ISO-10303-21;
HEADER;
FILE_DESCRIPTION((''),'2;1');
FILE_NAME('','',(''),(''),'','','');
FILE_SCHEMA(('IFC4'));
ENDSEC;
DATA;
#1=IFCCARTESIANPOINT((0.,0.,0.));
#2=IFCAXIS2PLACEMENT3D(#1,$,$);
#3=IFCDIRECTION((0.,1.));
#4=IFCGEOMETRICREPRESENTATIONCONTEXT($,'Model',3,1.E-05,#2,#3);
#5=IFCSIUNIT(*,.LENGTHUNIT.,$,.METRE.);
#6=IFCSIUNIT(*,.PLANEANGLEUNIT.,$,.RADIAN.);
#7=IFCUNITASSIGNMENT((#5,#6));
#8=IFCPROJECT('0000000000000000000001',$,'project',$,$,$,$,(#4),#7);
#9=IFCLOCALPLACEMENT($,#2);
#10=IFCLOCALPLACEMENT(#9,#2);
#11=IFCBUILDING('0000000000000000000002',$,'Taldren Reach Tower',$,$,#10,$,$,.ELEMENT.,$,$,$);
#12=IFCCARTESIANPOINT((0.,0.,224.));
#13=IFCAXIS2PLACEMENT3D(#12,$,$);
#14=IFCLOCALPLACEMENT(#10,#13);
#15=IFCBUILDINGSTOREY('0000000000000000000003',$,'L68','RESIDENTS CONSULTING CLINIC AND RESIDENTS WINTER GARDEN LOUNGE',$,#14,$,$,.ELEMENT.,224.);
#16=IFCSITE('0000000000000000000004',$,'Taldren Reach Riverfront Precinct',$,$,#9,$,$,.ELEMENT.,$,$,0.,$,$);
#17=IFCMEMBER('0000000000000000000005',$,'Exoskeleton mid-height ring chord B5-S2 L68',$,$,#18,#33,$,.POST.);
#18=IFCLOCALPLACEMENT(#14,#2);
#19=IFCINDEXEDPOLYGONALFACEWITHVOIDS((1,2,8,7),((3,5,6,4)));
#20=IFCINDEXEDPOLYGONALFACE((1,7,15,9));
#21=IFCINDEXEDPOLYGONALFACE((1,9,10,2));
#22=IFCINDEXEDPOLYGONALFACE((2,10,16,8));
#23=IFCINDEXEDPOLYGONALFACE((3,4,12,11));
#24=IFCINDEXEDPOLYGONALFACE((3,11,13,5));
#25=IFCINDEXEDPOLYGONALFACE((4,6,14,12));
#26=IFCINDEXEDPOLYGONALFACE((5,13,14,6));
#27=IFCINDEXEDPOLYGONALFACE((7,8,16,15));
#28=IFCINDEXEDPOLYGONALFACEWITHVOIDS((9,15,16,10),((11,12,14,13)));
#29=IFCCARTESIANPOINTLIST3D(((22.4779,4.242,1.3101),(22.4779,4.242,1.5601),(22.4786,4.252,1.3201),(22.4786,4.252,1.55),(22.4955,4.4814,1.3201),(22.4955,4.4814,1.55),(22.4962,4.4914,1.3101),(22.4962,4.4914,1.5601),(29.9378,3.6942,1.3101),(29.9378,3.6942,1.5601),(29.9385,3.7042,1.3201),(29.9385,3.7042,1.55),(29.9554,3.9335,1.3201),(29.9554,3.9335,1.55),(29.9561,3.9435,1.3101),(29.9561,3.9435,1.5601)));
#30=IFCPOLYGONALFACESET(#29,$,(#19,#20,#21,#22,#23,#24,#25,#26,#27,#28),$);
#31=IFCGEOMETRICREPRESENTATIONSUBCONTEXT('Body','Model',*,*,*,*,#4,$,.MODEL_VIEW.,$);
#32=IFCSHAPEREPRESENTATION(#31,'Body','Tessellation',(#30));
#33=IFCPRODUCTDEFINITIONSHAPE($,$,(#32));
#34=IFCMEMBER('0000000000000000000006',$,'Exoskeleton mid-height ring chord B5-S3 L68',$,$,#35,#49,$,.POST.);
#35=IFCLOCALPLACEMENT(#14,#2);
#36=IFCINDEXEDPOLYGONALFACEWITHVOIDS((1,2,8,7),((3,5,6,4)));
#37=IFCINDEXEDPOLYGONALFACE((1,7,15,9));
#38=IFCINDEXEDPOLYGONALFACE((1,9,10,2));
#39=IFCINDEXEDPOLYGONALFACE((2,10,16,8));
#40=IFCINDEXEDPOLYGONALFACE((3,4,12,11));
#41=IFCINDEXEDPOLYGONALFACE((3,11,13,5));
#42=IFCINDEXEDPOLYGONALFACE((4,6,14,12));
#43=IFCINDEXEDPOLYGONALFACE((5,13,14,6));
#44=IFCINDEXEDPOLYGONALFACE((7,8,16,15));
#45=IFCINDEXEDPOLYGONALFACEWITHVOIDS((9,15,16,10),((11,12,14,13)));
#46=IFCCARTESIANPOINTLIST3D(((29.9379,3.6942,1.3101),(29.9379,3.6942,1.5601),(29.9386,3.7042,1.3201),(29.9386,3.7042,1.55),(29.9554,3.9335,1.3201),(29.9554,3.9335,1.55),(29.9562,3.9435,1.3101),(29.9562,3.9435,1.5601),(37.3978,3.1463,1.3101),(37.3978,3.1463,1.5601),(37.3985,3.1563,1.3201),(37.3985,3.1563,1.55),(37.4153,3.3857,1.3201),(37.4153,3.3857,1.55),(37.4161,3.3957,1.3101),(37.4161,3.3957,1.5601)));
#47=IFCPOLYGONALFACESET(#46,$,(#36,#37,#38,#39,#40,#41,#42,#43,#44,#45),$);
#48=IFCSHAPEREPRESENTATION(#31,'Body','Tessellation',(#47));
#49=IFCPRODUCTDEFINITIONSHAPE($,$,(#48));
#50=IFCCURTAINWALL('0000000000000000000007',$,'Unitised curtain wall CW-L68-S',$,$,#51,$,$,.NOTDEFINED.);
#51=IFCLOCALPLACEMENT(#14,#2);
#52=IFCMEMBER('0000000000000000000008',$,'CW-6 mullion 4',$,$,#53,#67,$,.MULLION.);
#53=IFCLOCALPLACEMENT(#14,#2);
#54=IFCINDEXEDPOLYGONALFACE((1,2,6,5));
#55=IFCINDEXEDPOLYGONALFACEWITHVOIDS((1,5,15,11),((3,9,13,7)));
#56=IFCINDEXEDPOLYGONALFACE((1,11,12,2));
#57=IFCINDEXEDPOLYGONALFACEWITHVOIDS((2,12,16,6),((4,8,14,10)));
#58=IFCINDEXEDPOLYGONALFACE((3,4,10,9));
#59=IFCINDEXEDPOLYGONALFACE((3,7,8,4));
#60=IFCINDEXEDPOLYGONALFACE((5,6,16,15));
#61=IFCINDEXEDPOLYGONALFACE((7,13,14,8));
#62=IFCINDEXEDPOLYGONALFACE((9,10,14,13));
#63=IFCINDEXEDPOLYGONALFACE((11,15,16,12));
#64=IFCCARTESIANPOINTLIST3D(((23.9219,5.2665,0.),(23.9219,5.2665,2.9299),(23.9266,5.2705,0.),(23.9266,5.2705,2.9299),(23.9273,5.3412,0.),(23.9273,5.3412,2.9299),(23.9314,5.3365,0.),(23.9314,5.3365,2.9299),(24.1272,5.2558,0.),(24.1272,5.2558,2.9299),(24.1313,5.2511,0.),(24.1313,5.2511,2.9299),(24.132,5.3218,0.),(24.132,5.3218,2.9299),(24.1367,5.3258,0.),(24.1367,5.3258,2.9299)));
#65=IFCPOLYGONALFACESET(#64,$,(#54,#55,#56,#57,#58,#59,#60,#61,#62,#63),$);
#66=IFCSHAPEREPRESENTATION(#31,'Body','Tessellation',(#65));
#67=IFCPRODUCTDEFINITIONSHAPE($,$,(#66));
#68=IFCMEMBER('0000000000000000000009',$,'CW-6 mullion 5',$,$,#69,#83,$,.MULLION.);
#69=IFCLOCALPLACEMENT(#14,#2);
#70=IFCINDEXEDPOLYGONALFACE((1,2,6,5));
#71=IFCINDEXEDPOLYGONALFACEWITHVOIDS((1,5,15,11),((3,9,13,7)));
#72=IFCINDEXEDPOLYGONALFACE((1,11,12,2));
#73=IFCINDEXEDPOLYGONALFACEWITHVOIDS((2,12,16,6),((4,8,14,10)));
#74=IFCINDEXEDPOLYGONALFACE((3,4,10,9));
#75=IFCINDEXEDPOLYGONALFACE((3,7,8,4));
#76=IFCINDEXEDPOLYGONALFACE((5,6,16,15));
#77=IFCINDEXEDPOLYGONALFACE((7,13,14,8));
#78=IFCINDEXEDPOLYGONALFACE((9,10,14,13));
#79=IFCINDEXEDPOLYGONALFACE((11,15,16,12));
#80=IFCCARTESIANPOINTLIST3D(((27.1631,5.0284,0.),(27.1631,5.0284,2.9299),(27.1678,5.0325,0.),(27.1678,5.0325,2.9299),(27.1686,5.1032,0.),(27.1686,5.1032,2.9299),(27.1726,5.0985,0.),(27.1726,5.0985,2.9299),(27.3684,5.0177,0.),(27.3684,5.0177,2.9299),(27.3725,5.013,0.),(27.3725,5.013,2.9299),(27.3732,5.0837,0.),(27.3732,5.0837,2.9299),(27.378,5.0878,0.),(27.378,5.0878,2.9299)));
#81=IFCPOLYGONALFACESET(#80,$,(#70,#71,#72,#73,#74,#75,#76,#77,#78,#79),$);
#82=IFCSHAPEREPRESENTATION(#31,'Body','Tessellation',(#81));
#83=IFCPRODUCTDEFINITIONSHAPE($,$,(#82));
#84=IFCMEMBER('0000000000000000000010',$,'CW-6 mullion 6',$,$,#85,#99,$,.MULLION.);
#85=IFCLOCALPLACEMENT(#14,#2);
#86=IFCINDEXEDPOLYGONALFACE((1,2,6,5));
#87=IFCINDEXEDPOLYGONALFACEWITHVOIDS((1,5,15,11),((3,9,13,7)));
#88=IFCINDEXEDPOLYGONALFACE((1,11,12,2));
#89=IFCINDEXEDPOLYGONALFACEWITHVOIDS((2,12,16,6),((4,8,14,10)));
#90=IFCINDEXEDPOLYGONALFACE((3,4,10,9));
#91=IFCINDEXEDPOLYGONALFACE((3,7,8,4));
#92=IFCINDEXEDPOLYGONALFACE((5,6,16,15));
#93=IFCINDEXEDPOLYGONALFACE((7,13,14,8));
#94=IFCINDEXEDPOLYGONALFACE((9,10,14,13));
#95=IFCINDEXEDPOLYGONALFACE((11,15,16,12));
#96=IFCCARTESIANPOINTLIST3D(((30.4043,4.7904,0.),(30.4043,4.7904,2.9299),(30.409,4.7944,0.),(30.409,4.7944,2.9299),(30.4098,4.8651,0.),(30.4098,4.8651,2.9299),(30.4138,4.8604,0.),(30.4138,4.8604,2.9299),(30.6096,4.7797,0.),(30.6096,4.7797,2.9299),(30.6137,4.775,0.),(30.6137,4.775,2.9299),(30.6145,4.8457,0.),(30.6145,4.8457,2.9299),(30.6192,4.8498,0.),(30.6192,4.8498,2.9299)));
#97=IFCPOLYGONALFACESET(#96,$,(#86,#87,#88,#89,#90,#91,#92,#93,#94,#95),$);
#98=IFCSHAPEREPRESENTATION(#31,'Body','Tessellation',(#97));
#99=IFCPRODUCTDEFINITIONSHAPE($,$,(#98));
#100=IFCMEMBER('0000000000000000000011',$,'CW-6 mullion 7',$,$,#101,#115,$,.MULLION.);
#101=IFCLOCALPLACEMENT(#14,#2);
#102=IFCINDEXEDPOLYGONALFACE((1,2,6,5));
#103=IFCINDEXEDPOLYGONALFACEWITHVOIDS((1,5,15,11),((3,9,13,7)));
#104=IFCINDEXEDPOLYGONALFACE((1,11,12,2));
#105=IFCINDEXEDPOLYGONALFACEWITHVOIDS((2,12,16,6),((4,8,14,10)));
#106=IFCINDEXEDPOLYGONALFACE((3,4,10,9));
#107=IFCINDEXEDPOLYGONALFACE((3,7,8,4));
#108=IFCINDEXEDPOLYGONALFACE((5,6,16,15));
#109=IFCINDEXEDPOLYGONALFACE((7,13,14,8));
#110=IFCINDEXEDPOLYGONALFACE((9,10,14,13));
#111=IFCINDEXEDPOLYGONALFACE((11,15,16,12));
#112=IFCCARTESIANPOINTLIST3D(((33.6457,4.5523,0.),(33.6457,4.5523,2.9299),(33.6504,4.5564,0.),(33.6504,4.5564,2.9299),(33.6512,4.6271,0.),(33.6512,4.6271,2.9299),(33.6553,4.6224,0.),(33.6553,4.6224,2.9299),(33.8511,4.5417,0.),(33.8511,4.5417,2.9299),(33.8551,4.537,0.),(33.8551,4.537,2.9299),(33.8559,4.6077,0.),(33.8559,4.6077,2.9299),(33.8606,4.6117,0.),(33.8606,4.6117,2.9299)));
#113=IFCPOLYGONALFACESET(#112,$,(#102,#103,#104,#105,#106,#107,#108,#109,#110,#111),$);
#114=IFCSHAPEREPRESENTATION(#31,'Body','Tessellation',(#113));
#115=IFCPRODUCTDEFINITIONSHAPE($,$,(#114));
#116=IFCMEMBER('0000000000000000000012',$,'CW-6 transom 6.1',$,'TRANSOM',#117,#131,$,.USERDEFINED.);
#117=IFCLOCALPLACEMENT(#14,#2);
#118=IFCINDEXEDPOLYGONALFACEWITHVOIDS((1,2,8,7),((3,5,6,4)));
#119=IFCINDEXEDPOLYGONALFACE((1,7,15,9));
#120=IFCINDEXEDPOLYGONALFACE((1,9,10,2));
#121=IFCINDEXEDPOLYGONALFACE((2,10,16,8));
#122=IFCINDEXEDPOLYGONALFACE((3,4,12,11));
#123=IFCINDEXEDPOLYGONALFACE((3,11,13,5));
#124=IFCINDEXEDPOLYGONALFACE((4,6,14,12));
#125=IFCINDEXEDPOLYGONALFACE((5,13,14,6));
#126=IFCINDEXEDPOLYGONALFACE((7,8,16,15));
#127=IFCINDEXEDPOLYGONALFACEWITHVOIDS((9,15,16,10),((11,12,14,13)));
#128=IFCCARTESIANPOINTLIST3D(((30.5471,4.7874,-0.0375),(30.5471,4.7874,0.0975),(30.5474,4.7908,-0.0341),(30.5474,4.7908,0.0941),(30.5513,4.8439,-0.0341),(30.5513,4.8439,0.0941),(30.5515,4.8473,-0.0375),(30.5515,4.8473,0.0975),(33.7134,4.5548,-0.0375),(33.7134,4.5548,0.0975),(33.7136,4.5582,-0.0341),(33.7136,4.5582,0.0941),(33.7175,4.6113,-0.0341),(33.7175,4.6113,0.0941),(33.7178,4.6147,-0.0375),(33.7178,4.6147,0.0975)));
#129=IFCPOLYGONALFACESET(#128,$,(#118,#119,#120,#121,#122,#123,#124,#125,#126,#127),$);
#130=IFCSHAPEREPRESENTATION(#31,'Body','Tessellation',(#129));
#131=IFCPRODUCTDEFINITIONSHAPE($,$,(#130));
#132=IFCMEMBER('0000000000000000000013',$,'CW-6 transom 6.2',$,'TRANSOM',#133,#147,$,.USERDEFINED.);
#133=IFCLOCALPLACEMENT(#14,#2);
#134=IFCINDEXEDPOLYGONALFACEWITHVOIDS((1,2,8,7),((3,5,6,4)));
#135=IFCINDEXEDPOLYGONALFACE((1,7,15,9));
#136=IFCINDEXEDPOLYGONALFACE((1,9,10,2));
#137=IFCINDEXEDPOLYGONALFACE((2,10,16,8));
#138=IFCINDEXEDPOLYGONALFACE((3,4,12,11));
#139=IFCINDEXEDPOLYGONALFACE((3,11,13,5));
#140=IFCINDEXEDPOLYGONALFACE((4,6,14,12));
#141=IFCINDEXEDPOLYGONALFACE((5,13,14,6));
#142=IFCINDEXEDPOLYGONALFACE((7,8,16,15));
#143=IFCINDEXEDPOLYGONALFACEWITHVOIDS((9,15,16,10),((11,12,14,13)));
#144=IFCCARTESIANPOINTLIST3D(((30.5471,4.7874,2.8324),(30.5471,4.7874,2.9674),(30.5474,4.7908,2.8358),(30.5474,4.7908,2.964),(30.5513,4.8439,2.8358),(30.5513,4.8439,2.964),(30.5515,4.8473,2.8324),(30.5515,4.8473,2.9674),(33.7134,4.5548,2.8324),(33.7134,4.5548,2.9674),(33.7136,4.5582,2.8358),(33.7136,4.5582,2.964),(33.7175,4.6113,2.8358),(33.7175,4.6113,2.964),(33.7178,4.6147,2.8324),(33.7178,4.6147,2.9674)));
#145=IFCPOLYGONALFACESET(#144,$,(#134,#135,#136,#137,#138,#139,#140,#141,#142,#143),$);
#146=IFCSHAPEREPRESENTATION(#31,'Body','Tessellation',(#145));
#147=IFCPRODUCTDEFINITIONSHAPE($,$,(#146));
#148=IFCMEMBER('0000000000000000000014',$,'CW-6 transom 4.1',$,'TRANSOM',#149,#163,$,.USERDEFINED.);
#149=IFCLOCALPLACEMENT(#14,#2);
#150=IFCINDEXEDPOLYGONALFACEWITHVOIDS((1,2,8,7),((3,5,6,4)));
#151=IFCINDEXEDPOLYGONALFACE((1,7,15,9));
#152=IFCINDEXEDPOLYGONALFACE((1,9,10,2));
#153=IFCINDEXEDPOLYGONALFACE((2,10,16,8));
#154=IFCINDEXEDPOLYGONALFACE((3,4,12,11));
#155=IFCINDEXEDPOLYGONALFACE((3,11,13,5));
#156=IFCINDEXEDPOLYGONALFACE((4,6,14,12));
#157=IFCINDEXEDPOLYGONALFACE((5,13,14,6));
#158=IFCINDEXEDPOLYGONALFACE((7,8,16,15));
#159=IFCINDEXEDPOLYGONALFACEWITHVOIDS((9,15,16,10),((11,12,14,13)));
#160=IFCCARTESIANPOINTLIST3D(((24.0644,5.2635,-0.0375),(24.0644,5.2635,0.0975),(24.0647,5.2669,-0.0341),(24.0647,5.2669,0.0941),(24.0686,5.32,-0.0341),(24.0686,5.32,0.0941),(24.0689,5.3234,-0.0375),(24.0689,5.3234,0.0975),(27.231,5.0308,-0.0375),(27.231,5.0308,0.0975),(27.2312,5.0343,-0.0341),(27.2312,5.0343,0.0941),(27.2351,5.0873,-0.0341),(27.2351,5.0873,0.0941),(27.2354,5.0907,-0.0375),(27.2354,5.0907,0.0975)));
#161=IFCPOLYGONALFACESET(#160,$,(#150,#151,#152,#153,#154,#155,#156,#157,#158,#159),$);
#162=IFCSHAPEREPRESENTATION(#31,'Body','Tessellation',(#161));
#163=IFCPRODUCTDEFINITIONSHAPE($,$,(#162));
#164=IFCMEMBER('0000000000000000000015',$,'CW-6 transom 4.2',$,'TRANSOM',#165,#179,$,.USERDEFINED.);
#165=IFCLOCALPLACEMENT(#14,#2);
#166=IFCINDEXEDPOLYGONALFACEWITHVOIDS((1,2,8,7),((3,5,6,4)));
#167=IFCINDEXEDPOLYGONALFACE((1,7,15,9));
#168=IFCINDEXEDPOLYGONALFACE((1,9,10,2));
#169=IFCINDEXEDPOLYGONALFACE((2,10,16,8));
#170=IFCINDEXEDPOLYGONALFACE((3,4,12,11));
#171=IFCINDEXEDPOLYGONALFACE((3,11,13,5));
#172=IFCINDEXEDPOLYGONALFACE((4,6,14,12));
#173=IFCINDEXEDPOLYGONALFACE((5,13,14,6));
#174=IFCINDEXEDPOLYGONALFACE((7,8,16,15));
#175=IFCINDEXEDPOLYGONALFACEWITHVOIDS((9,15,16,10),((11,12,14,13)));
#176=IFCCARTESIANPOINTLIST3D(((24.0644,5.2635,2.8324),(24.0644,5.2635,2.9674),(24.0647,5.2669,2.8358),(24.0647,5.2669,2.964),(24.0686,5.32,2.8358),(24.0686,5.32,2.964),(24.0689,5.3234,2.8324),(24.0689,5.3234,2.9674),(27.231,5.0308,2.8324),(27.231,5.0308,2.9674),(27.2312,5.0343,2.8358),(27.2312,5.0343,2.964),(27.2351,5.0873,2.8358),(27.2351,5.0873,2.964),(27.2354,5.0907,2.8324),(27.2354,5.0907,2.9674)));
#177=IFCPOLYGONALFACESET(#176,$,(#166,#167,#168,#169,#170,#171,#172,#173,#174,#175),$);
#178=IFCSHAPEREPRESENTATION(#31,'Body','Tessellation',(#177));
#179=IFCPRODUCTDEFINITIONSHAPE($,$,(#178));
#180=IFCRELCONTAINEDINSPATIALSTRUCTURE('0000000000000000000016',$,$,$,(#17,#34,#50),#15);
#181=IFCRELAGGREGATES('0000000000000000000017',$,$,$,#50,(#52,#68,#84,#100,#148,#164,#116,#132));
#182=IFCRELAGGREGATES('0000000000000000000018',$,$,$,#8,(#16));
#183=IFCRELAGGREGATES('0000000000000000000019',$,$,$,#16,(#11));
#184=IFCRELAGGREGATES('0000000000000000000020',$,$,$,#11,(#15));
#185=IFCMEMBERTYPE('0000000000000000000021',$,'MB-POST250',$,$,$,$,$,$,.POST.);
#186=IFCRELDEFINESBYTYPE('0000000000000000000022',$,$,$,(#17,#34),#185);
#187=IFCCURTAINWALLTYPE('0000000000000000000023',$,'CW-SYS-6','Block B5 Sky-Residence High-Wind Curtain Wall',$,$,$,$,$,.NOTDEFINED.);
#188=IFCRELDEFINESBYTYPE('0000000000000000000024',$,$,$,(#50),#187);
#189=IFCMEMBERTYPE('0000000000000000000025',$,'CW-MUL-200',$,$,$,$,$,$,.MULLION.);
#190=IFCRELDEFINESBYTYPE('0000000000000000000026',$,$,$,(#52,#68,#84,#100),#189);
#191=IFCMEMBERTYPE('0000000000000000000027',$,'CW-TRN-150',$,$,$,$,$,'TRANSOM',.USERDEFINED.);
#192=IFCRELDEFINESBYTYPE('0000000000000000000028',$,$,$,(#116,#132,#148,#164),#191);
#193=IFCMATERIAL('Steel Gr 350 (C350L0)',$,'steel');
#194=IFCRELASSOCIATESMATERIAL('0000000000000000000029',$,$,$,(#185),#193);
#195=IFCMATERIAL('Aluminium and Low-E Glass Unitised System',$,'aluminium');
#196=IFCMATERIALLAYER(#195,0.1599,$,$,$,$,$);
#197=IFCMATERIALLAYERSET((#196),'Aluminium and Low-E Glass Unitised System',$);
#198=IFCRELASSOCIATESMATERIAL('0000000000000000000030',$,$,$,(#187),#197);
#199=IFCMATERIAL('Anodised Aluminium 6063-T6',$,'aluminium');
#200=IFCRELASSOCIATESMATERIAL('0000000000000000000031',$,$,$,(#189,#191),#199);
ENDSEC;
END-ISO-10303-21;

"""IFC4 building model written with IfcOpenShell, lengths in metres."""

from ifc_helpers import new_model, si_unit, direction, frame, origin, origin_2d, place, context, subcontext, project, spatial, hollow_rectangle, extrude, source, transform, mapped, material, layer, layer_set, material_profile, profile_set, type_object, element, aggregate, save


model = new_model("IFC4")

# Units and contexts
model_context = context("Model", 3, precision=1e-05, world=origin(), true_north=direction((0.0, 1.0)))
body_context = subcontext(model_context, "Body", "Model", "MODEL_VIEW")
ifc_project = project(units=[si_unit("LENGTHUNIT", "METRE"), si_unit("PLANEANGLEUNIT", "RADIAN")], contexts=[model_context])

# Site, building, storey
site_placement = place(None, origin())
site = spatial("IfcSite", under=ifc_project, at=site_placement, Name="Taldren Reach Riverfront Precinct", CompositionType="ELEMENT", RefElevation=0.0)
building_placement = place(site_placement, origin())
building = spatial("IfcBuilding", under=site, at=building_placement, Name="Taldren Reach Tower", CompositionType="ELEMENT")
storey_placement = place(building_placement, frame((0.0, 0.0, 224.0)))
storey = spatial("IfcBuildingStorey", under=building, at=storey_placement, Name="L68", Description="RESIDENTS CONSULTING CLINIC AND RESIDENTS WINTER GARDEN LOUNGE", CompositionType="ELEMENT", Elevation=224.0)

# Shared definitions
ifc_material_1 = material(Name="Steel Gr 350 (C350L0)", Category="steel")
ifc_material_profile_1 = material_profile(ifc_material_1, hollow_rectangle(XDim=0.25, YDim=0.25, WallThickness=0.01, at=origin_2d()), Name="250x250x10.0SHS")
ifc_profile_set_1 = profile_set([ifc_material_profile_1], Name="Steel Gr 350 (C350L0)")
member_type_1 = type_object("IfcMemberType", Name="MB-POST250", PredefinedType="POST", material=ifc_profile_set_1)

# Members
shared_shape_1 = source(origin(), body_context, "Body", "SweptSolid", [
    extrude(hollow_rectangle(XDim=0.25, YDim=0.25, WallThickness=0.01, at=origin_2d()), origin(), (0.0, 0.0, 1.0), 7.48),
])
for number, where, z_axis, x_axis, name in (
    (1, (22.4871, 4.3667, 1.4351), (0.997314, -0.073242, 0.0), (0.073242, 0.997314, 0.0), "Exoskeleton mid-height ring chord B5-S2 L68"),
    (2, (29.947, 3.8188, 1.4351), (0.997314, -0.073242, 0.0), (0.073242, 0.997314, 0.0), "Exoskeleton mid-height ring chord B5-S3 L68"),
):
    element("IfcMember", number, at=place(storey_placement, frame(where, z_axis=z_axis, x_axis=x_axis)), inside=storey, type_object=member_type_1, Name=name, PredefinedType="POST", context=body_context, shape_type="MappedRepresentation", body=[
        mapped(shared_shape_1, transform((0.0, 0.0, 0.0), scale=1.0)),
    ])

# Curtain wall, members
ifc_material_2 = material(Name="Aluminium and Low-E Glass Unitised System", Category="aluminium")
ifc_layer_1 = layer(ifc_material_2, 0.1599)
ifc_layer_set_1 = layer_set([ifc_layer_1], Name="Aluminium and Low-E Glass Unitised System")
curtain_wall_type = type_object("IfcCurtainWallType", Name="CW-SYS-6", Description="Block B5 Sky-Residence High-Wind Curtain Wall", PredefinedType="NOTDEFINED", material=ifc_layer_set_1)
curtain_wall_placement = place(storey_placement, origin())
curtain_wall = element("IfcCurtainWall", 3, at=curtain_wall_placement, inside=storey, type_object=curtain_wall_type, Name="Unitised curtain wall CW-L68-S", PredefinedType="NOTDEFINED")
ifc_material_3 = material(Name="Anodised Aluminium 6063-T6", Category="aluminium")
ifc_material_profile_2 = material_profile(ifc_material_3, hollow_rectangle(XDim=0.075, YDim=0.21, WallThickness=0.0044, at=origin_2d()), Name="ALU-210x75x4.5RHS")
ifc_profile_set_2 = profile_set([ifc_material_profile_2], Name="Anodised Aluminium 6063-T6")
member_type_2 = type_object("IfcMemberType", Name="CW-MUL-200", PredefinedType="MULLION", material=ifc_profile_set_2)
shared_shape_2 = source(origin(), body_context, "Body", "SweptSolid", [
    extrude(hollow_rectangle(XDim=0.075, YDim=0.21, WallThickness=0.0044, at=origin_2d()), origin(), (0.0, 0.0, 1.0), 2.9299),
])
member_1_placement = place(storey_placement, frame((24.0293, 5.2961, 0.0), z_axis=(0.0, 0.0, 1.0), x_axis=(0.073238, 0.997314, 0.0)))
member_1 = element("IfcMember", 4, at=member_1_placement, type_object=member_type_2, Name="CW-6 mullion 4", PredefinedType="MULLION", context=body_context, shape_type="MappedRepresentation", body=[
    mapped(shared_shape_2, transform((0.0, 0.0, 0.0), scale=1.0)),
])
member_2_placement = place(storey_placement, frame((27.2705, 5.0581, 0.0), z_axis=(0.0, 0.0, 1.0), x_axis=(0.073238, 0.997314, 0.0)))
member_2 = element("IfcMember", 5, at=member_2_placement, type_object=member_type_2, Name="CW-6 mullion 5", PredefinedType="MULLION", context=body_context, shape_type="MappedRepresentation", body=[
    mapped(shared_shape_2, transform((0.0, 0.0, 0.0), scale=1.0)),
])
member_3_placement = place(storey_placement, frame((30.5117, 4.8201, 0.0), z_axis=(0.0, 0.0, 1.0), x_axis=(0.073238, 0.997314, 0.0)))
member_3 = element("IfcMember", 6, at=member_3_placement, type_object=member_type_2, Name="CW-6 mullion 6", PredefinedType="MULLION", context=body_context, shape_type="MappedRepresentation", body=[
    mapped(shared_shape_2, transform((0.0, 0.0, 0.0), scale=1.0)),
])
member_4_placement = place(storey_placement, frame((33.7532, 4.582, 0.0), z_axis=(0.0, 0.0, 1.0), x_axis=(0.073238, 0.997314, 0.0)))
member_4 = element("IfcMember", 7, at=member_4_placement, type_object=member_type_2, Name="CW-6 mullion 7", PredefinedType="MULLION", context=body_context, shape_type="MappedRepresentation", body=[
    mapped(shared_shape_2, transform((0.0, 0.0, 0.0), scale=1.0)),
])
ifc_material_profile_3 = material_profile(ifc_material_3, hollow_rectangle(XDim=0.0601, YDim=0.135, WallThickness=0.0034, at=origin_2d()), Name="ALU-135x60x3.5RHS")
ifc_profile_set_3 = profile_set([ifc_material_profile_3], Name="Anodised Aluminium 6063-T6")
member_type_3 = type_object("IfcMemberType", Name="CW-TRN-150", ElementType="TRANSOM", PredefinedType="USERDEFINED", material=ifc_profile_set_3)
shared_shape_3 = source(origin(), body_context, "Body", "SweptSolid", [
    extrude(hollow_rectangle(XDim=0.0601, YDim=0.135, WallThickness=0.0034, at=origin_2d()), origin(), (0.0, 0.0, 1.0), 3.1748),
])
member_5_placement = place(storey_placement, frame((30.5493, 4.8174, 0.03), z_axis=(0.997311, -0.073285, 0.0), x_axis=(0.073285, 0.997311, 0.0)))
member_5 = element("IfcMember", 8, at=member_5_placement, type_object=member_type_3, Name="CW-6 transom 6.1", ObjectType="TRANSOM", PredefinedType="USERDEFINED", context=body_context, shape_type="MappedRepresentation", body=[
    mapped(shared_shape_3, transform((0.0, 0.0, 0.0), scale=1.0)),
])
member_6_placement = place(storey_placement, frame((30.5493, 4.8174, 2.8999), z_axis=(0.997311, -0.073285, 0.0), x_axis=(0.073285, 0.997311, 0.0)))
member_6 = element("IfcMember", 9, at=member_6_placement, type_object=member_type_3, Name="CW-6 transom 6.2", ObjectType="TRANSOM", PredefinedType="USERDEFINED", context=body_context, shape_type="MappedRepresentation", body=[
    mapped(shared_shape_3, transform((0.0, 0.0, 0.0), scale=1.0)),
])
shared_shape_4 = source(origin(), body_context, "Body", "SweptSolid", [
    extrude(hollow_rectangle(XDim=0.0601, YDim=0.135, WallThickness=0.0034, at=origin_2d()), origin(), (0.0, 0.0, 1.0), 3.175),
])
member_7_placement = place(storey_placement, frame((24.0667, 5.2935, 0.03), z_axis=(0.997311, -0.07328, 0.0), x_axis=(0.07328, 0.997311, 0.0)))
member_7 = element("IfcMember", 10, at=member_7_placement, type_object=member_type_3, Name="CW-6 transom 4.1", ObjectType="TRANSOM", PredefinedType="USERDEFINED", context=body_context, shape_type="MappedRepresentation", body=[
    mapped(shared_shape_4, transform((0.0, 0.0, 0.0), scale=1.0)),
])
member_8_placement = place(storey_placement, frame((24.0667, 5.2935, 2.8999), z_axis=(0.997311, -0.07328, 0.0), x_axis=(0.07328, 0.997311, 0.0)))
member_8 = element("IfcMember", 11, at=member_8_placement, type_object=member_type_3, Name="CW-6 transom 4.2", ObjectType="TRANSOM", PredefinedType="USERDEFINED", context=body_context, shape_type="MappedRepresentation", body=[
    mapped(shared_shape_4, transform((0.0, 0.0, 0.0), scale=1.0)),
])

aggregate(curtain_wall, [member_1, member_2, member_3, member_4, member_7, member_8, member_5, member_6])

save(model, "model.ifc")
